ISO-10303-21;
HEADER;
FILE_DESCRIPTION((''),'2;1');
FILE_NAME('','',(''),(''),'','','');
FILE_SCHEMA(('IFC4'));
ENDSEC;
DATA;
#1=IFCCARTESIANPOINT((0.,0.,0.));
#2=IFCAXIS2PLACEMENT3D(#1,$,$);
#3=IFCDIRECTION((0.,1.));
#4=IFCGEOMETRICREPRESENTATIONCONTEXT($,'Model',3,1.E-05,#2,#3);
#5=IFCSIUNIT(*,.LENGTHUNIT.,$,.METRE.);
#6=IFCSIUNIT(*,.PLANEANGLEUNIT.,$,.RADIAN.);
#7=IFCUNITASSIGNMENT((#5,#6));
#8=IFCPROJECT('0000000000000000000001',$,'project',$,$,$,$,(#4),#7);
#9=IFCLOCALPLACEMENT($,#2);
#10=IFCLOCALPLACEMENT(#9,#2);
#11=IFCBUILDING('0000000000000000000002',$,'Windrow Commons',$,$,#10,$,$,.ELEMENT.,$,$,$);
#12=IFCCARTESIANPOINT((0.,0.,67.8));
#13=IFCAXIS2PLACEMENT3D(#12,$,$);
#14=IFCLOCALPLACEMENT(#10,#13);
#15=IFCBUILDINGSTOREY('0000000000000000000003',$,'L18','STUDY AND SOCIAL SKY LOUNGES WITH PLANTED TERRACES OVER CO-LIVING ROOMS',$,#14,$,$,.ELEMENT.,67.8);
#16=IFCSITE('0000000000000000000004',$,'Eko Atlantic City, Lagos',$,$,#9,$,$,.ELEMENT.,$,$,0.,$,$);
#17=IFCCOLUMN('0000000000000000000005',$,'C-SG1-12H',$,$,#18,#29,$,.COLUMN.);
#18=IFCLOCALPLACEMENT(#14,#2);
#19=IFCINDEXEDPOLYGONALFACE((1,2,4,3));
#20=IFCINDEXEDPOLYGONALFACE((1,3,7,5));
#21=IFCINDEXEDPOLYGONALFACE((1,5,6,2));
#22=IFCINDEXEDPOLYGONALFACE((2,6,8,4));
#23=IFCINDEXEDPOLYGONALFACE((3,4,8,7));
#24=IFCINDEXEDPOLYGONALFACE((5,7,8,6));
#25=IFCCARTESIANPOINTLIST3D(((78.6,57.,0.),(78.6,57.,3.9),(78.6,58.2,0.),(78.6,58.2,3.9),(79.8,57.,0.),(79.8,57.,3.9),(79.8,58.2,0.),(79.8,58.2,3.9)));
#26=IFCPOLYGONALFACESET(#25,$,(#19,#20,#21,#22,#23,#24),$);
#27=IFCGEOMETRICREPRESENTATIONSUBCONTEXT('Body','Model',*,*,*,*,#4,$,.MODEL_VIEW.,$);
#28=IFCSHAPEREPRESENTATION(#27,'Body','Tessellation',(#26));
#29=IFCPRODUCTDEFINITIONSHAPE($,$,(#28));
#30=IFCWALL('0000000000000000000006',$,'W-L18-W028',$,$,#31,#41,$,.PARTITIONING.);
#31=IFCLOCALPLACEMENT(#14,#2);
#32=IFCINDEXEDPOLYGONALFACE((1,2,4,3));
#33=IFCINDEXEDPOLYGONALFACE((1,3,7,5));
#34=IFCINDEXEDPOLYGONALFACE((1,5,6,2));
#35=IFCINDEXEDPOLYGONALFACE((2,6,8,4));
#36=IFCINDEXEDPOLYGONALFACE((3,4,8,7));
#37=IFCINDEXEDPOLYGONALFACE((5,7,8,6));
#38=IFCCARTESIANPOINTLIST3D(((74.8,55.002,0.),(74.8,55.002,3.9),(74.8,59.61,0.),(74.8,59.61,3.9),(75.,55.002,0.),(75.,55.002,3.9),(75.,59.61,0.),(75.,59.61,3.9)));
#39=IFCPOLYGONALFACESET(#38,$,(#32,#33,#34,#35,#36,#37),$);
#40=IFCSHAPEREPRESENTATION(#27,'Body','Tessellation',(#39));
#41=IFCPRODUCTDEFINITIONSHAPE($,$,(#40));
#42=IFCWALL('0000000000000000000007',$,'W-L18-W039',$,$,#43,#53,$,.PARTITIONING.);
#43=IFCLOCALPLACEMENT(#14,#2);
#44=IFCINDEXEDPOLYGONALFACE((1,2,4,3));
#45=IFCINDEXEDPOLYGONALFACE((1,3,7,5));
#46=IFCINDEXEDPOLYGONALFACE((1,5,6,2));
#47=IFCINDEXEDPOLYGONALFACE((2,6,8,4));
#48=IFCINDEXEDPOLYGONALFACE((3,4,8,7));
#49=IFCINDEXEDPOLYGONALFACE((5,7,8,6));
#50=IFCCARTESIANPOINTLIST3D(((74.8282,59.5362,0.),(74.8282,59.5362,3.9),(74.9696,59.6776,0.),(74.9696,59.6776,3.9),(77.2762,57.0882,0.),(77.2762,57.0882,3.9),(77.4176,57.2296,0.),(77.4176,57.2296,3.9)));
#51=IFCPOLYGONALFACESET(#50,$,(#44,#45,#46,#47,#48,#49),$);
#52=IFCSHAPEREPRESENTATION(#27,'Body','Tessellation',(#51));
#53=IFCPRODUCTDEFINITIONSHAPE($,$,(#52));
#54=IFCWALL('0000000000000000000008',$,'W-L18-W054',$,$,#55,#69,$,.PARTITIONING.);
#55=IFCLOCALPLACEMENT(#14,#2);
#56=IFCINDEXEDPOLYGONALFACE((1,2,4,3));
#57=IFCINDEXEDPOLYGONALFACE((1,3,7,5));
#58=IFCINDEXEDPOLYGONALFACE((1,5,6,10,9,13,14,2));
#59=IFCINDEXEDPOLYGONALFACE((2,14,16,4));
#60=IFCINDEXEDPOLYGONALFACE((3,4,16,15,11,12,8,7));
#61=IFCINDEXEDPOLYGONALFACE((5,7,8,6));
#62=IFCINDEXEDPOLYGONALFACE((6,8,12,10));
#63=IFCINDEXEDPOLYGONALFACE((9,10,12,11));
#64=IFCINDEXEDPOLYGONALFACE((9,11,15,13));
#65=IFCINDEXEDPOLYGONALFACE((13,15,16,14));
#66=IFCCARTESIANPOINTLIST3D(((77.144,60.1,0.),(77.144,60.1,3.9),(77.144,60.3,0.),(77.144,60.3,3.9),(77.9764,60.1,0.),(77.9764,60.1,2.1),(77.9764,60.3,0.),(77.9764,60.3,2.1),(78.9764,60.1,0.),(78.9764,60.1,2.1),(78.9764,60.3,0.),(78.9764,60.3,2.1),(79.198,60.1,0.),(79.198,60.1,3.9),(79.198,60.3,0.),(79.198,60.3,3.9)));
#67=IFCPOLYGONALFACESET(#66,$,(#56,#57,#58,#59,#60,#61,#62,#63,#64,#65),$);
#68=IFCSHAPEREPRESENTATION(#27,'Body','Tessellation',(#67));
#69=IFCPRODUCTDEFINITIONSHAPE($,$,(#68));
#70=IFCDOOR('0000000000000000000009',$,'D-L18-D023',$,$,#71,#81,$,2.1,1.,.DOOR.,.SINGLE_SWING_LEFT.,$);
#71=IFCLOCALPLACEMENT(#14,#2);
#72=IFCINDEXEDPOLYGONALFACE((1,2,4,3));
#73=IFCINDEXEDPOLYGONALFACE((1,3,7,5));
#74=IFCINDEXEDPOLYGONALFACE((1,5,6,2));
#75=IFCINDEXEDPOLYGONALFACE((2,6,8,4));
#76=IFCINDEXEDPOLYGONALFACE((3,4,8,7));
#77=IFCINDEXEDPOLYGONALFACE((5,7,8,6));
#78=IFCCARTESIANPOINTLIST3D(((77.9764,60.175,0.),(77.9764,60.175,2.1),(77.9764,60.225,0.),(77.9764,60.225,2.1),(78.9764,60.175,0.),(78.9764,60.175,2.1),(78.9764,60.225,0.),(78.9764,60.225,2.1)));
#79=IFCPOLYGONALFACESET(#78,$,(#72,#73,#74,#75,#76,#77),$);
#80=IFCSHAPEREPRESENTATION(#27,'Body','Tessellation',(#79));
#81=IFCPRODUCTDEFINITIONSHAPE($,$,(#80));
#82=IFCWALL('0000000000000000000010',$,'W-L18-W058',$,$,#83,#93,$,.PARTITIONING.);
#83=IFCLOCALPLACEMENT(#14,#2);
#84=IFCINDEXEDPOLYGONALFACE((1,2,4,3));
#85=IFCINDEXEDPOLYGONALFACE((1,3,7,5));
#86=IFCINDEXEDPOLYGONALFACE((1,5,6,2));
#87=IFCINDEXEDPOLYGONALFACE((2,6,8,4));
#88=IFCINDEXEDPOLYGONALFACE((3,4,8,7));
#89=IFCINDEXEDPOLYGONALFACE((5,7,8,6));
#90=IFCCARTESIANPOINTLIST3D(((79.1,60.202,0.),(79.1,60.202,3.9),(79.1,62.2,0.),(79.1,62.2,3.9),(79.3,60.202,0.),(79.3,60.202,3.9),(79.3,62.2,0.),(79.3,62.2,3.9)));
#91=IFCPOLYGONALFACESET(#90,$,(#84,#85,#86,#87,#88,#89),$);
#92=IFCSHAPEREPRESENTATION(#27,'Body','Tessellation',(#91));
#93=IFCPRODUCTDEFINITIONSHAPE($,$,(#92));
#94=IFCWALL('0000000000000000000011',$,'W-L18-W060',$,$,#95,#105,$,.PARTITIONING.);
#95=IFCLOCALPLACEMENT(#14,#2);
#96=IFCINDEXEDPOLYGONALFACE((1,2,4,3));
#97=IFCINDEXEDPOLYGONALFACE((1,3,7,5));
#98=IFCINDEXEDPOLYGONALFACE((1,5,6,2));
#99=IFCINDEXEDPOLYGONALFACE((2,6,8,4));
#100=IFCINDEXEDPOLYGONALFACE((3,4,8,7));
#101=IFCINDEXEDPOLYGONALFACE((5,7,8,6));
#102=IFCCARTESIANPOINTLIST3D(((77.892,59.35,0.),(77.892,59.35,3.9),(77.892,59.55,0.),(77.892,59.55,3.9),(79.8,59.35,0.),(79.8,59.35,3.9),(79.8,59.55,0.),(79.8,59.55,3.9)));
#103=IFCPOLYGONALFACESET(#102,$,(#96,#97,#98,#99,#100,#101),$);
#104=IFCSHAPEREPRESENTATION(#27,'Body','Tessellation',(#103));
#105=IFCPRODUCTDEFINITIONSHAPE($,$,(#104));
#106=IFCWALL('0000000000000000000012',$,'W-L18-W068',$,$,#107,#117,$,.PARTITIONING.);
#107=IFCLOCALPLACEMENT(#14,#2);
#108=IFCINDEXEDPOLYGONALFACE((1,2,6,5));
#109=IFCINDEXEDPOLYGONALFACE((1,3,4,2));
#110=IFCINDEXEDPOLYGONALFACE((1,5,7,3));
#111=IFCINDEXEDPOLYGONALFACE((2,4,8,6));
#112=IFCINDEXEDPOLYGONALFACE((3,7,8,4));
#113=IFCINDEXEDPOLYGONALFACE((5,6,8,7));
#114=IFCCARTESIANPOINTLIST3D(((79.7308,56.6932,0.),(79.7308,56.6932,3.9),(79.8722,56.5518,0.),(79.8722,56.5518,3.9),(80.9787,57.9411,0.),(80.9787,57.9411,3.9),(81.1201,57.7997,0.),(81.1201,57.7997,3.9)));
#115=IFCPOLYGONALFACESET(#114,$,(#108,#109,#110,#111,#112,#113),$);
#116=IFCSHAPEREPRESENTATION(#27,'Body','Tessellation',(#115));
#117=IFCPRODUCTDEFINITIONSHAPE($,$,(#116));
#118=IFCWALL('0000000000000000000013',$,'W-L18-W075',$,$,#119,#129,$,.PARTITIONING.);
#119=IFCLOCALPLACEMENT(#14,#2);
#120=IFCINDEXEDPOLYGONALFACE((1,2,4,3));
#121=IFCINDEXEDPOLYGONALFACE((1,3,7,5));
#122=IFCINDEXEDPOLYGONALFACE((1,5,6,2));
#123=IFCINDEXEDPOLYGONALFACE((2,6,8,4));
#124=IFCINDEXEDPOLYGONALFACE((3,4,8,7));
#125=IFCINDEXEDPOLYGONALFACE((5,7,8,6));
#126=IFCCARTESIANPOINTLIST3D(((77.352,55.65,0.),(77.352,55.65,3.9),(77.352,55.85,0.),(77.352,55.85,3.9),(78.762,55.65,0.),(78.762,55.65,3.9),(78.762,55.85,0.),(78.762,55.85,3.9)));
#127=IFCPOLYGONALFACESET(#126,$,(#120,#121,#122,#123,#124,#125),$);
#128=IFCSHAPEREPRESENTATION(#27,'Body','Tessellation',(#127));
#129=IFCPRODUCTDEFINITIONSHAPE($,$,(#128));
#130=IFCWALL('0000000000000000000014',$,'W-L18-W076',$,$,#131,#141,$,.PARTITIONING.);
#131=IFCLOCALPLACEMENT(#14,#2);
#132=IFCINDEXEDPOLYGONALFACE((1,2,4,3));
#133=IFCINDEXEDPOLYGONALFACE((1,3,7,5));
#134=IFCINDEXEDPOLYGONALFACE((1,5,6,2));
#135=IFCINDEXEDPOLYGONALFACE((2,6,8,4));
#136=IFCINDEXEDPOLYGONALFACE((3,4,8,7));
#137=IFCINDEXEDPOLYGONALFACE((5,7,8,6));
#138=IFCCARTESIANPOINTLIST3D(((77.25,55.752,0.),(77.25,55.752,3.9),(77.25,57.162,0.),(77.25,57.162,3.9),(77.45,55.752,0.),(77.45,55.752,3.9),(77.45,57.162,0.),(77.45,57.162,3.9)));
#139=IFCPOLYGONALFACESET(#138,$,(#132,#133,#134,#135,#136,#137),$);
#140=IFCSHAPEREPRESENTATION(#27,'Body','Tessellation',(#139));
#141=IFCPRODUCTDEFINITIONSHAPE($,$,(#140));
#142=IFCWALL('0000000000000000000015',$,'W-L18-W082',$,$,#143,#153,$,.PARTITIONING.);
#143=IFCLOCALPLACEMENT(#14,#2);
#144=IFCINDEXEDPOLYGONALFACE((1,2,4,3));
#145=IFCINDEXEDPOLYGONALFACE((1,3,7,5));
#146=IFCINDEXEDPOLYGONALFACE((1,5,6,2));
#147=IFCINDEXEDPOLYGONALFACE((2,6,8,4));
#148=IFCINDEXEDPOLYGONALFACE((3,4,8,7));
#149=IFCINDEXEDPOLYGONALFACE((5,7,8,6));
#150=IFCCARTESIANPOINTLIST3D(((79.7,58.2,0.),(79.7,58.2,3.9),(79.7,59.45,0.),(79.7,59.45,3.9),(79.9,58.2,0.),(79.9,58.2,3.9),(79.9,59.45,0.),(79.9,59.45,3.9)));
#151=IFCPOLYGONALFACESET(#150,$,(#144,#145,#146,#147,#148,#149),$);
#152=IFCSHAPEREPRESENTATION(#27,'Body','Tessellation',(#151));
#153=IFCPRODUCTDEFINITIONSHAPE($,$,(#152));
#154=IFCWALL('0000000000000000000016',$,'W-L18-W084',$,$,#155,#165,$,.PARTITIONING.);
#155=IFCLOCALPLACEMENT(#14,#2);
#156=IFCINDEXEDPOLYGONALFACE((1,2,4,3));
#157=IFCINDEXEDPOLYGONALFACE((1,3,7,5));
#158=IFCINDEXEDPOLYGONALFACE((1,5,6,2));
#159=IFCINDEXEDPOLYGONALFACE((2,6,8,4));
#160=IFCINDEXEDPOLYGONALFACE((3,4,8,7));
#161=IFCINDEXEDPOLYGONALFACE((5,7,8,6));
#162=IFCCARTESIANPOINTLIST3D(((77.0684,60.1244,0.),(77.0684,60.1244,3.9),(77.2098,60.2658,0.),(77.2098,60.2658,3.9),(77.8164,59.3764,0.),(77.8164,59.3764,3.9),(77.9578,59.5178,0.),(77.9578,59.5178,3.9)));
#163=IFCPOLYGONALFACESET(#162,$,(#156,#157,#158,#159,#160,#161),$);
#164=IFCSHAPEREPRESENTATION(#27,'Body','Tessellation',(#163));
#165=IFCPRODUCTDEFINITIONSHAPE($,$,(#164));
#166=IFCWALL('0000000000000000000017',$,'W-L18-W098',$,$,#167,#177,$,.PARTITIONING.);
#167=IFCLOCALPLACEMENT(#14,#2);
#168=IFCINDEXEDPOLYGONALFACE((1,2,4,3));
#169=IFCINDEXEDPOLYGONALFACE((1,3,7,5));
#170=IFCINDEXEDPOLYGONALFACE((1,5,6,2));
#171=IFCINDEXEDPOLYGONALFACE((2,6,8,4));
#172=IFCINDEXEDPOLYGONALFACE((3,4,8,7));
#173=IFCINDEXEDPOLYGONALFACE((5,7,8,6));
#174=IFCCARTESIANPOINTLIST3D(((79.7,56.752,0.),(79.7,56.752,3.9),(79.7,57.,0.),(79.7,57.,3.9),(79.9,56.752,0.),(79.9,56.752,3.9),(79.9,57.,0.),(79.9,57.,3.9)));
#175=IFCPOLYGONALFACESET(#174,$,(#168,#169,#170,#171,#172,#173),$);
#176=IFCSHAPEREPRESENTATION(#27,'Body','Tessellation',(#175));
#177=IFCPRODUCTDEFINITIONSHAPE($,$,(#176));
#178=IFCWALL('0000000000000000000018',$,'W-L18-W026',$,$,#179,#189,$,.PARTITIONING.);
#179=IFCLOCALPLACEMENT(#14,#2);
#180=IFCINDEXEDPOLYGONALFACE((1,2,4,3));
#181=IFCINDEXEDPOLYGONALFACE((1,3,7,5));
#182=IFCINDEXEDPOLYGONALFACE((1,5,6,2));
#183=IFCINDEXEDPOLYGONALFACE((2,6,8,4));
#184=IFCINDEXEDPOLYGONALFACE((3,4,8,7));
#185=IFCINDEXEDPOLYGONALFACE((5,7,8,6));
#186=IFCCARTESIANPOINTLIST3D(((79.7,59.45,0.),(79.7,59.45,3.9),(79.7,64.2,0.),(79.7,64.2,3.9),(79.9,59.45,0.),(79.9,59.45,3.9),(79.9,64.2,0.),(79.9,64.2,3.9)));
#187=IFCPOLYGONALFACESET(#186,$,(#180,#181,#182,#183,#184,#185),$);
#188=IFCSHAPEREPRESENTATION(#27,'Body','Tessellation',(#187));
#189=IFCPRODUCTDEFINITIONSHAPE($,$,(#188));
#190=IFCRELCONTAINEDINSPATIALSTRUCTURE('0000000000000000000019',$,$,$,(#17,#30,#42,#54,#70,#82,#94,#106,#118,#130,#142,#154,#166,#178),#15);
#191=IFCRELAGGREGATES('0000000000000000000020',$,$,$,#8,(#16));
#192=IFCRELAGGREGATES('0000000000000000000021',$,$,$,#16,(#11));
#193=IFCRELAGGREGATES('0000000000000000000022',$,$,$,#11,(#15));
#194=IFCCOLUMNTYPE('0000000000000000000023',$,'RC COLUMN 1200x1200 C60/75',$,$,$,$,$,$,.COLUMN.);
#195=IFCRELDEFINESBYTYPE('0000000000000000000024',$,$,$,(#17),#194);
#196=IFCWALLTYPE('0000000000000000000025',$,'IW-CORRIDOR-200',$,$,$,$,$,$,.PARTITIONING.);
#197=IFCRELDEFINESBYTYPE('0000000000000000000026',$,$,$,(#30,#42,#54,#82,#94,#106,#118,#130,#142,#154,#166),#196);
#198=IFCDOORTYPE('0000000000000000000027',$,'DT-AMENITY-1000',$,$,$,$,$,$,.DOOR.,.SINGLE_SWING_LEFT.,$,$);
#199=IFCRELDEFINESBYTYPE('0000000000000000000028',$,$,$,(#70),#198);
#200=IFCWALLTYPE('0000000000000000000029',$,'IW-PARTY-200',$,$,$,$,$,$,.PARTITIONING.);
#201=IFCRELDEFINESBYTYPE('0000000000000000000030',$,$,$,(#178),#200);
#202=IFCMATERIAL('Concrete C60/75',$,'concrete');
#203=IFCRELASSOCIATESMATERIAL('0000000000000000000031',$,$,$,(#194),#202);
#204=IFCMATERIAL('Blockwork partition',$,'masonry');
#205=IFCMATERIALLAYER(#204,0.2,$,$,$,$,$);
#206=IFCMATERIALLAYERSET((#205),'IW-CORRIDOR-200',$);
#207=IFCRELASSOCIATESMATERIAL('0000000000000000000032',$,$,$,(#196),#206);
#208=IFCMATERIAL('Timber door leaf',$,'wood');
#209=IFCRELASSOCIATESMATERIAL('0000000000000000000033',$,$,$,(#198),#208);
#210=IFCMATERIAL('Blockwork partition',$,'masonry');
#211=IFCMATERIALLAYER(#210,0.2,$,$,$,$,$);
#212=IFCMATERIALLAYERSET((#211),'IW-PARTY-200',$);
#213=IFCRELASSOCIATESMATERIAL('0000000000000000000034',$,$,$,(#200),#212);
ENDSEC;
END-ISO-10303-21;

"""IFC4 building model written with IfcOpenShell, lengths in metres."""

from ifc_helpers import new_model, si_unit, direction, frame, frame_2d, origin, origin_2d, place, context, subcontext, project, spatial, rectangle, extrude, material, layer, layer_set, material_profile, profile_set, type_object, element, fill, save


model = new_model("IFC4")

# Units and contexts
model_context = context("Model", 3, precision=1e-05, world=origin(), true_north=direction((0.0, 1.0)))
body_context = subcontext(model_context, "Body", "Model", "MODEL_VIEW")
ifc_project = project(units=[si_unit("LENGTHUNIT", "METRE"), si_unit("PLANEANGLEUNIT", "RADIAN")], contexts=[model_context])

# Site, building, storey
site_placement = place(None, origin())
site = spatial("IfcSite", under=ifc_project, at=site_placement, Name="Eko Atlantic City, Lagos", CompositionType="ELEMENT", RefElevation=0.0)
building_placement = place(site_placement, origin())
building = spatial("IfcBuilding", under=site, at=building_placement, Name="Windrow Commons", CompositionType="ELEMENT")
storey_placement = place(building_placement, frame((0.0, 0.0, 67.8)))
storey = spatial("IfcBuildingStorey", under=building, at=storey_placement, Name="L18", Description="STUDY AND SOCIAL SKY LOUNGES WITH PLANTED TERRACES OVER CO-LIVING ROOMS", CompositionType="ELEMENT", Elevation=67.8)

# Column
ifc_material_1 = material(Name="Concrete C60/75", Category="concrete")
ifc_material_profile = material_profile(ifc_material_1, rectangle(XDim=1.2, YDim=1.2, at=origin_2d()))
ifc_profile_set = profile_set([ifc_material_profile], Name="Concrete C60/75")
column_type = type_object("IfcColumnType", Name="RC COLUMN 1200x1200 C60/75", PredefinedType="COLUMN", material=ifc_profile_set)
column_placement = place(storey_placement, frame((79.2, 57.6, 0.0), z_axis=(0.0, 0.0, 1.0), x_axis=(1.0, 0.0, 0.0)))
element("IfcColumn", 1, at=column_placement, inside=storey, type_object=column_type, Name="C-SG1-12H", PredefinedType="COLUMN", context=body_context, shape_type="SweptSolid", body=[
    extrude(rectangle(XDim=1.2, YDim=1.2, at=origin_2d()), origin(), (0.0, 0.0, 1.0), 3.9),
])

# Walls
ifc_material_2 = material(Name="Blockwork partition", Category="masonry")
ifc_layer_1 = layer(ifc_material_2, 0.2)
ifc_layer_set_1 = layer_set([ifc_layer_1], Name="IW-CORRIDOR-200")
wall_type_1 = type_object("IfcWallType", Name="IW-CORRIDOR-200", PredefinedType="PARTITIONING", material=ifc_layer_set_1)
wall_1_placement = place(storey_placement, frame((74.9, 55.002, 0.0), z_axis=(0.0, 0.0, 1.0), x_axis=(0.0, 1.0, 0.0)))
element("IfcWall", 2, at=wall_1_placement, inside=storey, type_object=wall_type_1, Name="W-L18-W028", PredefinedType="PARTITIONING", context=body_context, shape_type="SweptSolid", body=[
    extrude(rectangle(XDim=4.608, YDim=0.2, at=frame_2d((2.304, 0.0))), origin(), (0.0, 0.0, 1.0), 3.9),
])
wall_2_placement = place(storey_placement, frame((74.8989, 59.6069, 0.0), z_axis=(0.0, 0.0, 1.0), x_axis=(0.707107, -0.707107, 0.0)))
element("IfcWall", 3, at=wall_2_placement, inside=storey, type_object=wall_type_1, Name="W-L18-W039", PredefinedType="PARTITIONING", context=body_context, shape_type="SweptSolid", body=[
    extrude(rectangle(XDim=3.462, YDim=0.2, at=frame_2d((1.731, 0.0))), origin(), (0.0, 0.0, 1.0), 3.9),
])

# Wall, opening, door
wall_3_placement = place(storey_placement, frame((77.144, 60.2, 0.0), z_axis=(0.0, 0.0, 1.0), x_axis=(1.0, 0.0, 0.0)))
wall_3 = element("IfcWall", 4, at=wall_3_placement, inside=storey, type_object=wall_type_1, Name="W-L18-W054", PredefinedType="PARTITIONING", context=body_context, shape_type="SweptSolid", body=[
    extrude(rectangle(XDim=2.054, YDim=0.2, at=frame_2d((1.027, 0.0))), origin(), (0.0, 0.0, 1.0), 3.9),
])
opening_placement = place(wall_3_placement, frame((0.8324, 0.0, 0.0)))
opening = element("IfcOpeningElement", 5, at=opening_placement, cuts=wall_3, PredefinedType="OPENING", context=body_context, shape_type="SweptSolid", body=[
    extrude(rectangle(XDim=1.0, YDim=2.1, at=frame_2d((0.5, 1.05))), frame((0.0, 0.11, 0.0), z_axis=(0.0, -1.0, 0.0), x_axis=(1.0, 0.0, 0.0)), (0.0, 0.0, 1.0), 0.22),
])
ifc_material_3 = material(Name="Timber door leaf", Category="wood")
door_type = type_object("IfcDoorType", Name="DT-AMENITY-1000", OperationType="SINGLE_SWING_LEFT", PredefinedType="DOOR", material=ifc_material_3)
door_placement = place(opening_placement, origin())
door = element("IfcDoor", 6, at=door_placement, inside=storey, type_object=door_type, Name="D-L18-D023", OperationType="SINGLE_SWING_LEFT", OverallHeight=2.1, OverallWidth=1.0, PredefinedType="DOOR", context=body_context, shape_type="SweptSolid", body=[
    extrude(rectangle(XDim=1.0, YDim=2.1, at=frame_2d((0.5, 1.05))), frame((0.0, 0.025, 0.0), z_axis=(0.0, -1.0, 0.0), x_axis=(1.0, 0.0, 0.0)), (0.0, 0.0, 1.0), 0.05),
])
fill(opening, door)

# Walls
wall_4_placement = place(storey_placement, frame((79.2, 60.202, 0.0), z_axis=(0.0, 0.0, 1.0), x_axis=(0.0, 1.0, 0.0)))
element("IfcWall", 7, at=wall_4_placement, inside=storey, type_object=wall_type_1, Name="W-L18-W058", PredefinedType="PARTITIONING", context=body_context, shape_type="SweptSolid", body=[
    extrude(rectangle(XDim=1.998, YDim=0.2, at=frame_2d((0.999, 0.0))), origin(), (0.0, 0.0, 1.0), 3.9),
])
wall_5_placement = place(storey_placement, frame((77.892, 59.45, 0.0), z_axis=(0.0, 0.0, 1.0), x_axis=(1.0, 0.0, 0.0)))
element("IfcWall", 8, at=wall_5_placement, inside=storey, type_object=wall_type_1, Name="W-L18-W060", PredefinedType="PARTITIONING", context=body_context, shape_type="SweptSolid", body=[
    extrude(rectangle(XDim=1.908, YDim=0.2, at=frame_2d((0.954, 0.0))), origin(), (0.0, 0.0, 1.0), 3.9),
])
wall_6_placement = place(storey_placement, frame((79.8015, 56.6225, 0.0), z_axis=(0.0, 0.0, 1.0), x_axis=(0.707107, 0.707107, 0.0)))
element("IfcWall", 9, at=wall_6_placement, inside=storey, type_object=wall_type_1, Name="W-L18-W068", PredefinedType="PARTITIONING", context=body_context, shape_type="SweptSolid", body=[
    extrude(rectangle(XDim=1.7649, YDim=0.2, at=frame_2d((0.8824, 0.0))), origin(), (0.0, 0.0, 1.0), 3.9),
])
for number, where, z_axis, x_axis, name in (
    (10, (77.352, 55.75, 0.0), (0.0, 0.0, 1.0), (1.0, 0.0, 0.0), "W-L18-W075"),
    (11, (77.35, 55.752, 0.0), (0.0, 0.0, 1.0), (0.0, 1.0, 0.0), "W-L18-W076"),
):
    element("IfcWall", number, at=place(storey_placement, frame(where, z_axis=z_axis, x_axis=x_axis)), inside=storey, type_object=wall_type_1, Name=name, PredefinedType="PARTITIONING", context=body_context, shape_type="SweptSolid", body=[
        extrude(rectangle(XDim=1.41, YDim=0.2, at=frame_2d((0.705, 0.0))), origin(), (0.0, 0.0, 1.0), 3.9),
    ])
wall_7_placement = place(storey_placement, frame((79.8, 58.2, 0.0), z_axis=(0.0, 0.0, 1.0), x_axis=(0.0, 1.0, 0.0)))
element("IfcWall", 12, at=wall_7_placement, inside=storey, type_object=wall_type_1, Name="W-L18-W082", PredefinedType="PARTITIONING", context=body_context, shape_type="SweptSolid", body=[
    extrude(rectangle(XDim=1.25, YDim=0.2, at=frame_2d((0.625, 0.0))), origin(), (0.0, 0.0, 1.0), 3.9),
])
wall_8_placement = place(storey_placement, frame((77.1391, 60.1951, 0.0), z_axis=(0.0, 0.0, 1.0), x_axis=(0.707107, -0.707107, 0.0)))
element("IfcWall", 13, at=wall_8_placement, inside=storey, type_object=wall_type_1, Name="W-L18-W084", PredefinedType="PARTITIONING", context=body_context, shape_type="SweptSolid", body=[
    extrude(rectangle(XDim=1.0578, YDim=0.2, at=frame_2d((0.5289, 0.0))), origin(), (0.0, 0.0, 1.0), 3.9),
])
wall_9_placement = place(storey_placement, frame((79.8, 56.752, 0.0), z_axis=(0.0, 0.0, 1.0), x_axis=(0.0, 1.0, 0.0)))
element("IfcWall", 14, at=wall_9_placement, inside=storey, type_object=wall_type_1, Name="W-L18-W098", PredefinedType="PARTITIONING", context=body_context, shape_type="SweptSolid", body=[
    extrude(rectangle(XDim=0.248, YDim=0.2, at=frame_2d((0.124, 0.0))), origin(), (0.0, 0.0, 1.0), 3.9),
])
ifc_material_4 = material(Name="Blockwork partition", Category="masonry")
ifc_layer_2 = layer(ifc_material_4, 0.2)
ifc_layer_set_2 = layer_set([ifc_layer_2], Name="IW-PARTY-200")
wall_type_2 = type_object("IfcWallType", Name="IW-PARTY-200", PredefinedType="PARTITIONING", material=ifc_layer_set_2)
wall_10_placement = place(storey_placement, frame((79.8, 59.45, 0.0), z_axis=(0.0, 0.0, 1.0), x_axis=(0.0, 1.0, 0.0)))
element("IfcWall", 15, at=wall_10_placement, inside=storey, type_object=wall_type_2, Name="W-L18-W026", PredefinedType="PARTITIONING", context=body_context, shape_type="SweptSolid", body=[
    extrude(rectangle(XDim=4.75, YDim=0.2, at=frame_2d((2.375, 0.0))), origin(), (0.0, 0.0, 1.0), 3.9),
])

save(model, "model.ifc")
